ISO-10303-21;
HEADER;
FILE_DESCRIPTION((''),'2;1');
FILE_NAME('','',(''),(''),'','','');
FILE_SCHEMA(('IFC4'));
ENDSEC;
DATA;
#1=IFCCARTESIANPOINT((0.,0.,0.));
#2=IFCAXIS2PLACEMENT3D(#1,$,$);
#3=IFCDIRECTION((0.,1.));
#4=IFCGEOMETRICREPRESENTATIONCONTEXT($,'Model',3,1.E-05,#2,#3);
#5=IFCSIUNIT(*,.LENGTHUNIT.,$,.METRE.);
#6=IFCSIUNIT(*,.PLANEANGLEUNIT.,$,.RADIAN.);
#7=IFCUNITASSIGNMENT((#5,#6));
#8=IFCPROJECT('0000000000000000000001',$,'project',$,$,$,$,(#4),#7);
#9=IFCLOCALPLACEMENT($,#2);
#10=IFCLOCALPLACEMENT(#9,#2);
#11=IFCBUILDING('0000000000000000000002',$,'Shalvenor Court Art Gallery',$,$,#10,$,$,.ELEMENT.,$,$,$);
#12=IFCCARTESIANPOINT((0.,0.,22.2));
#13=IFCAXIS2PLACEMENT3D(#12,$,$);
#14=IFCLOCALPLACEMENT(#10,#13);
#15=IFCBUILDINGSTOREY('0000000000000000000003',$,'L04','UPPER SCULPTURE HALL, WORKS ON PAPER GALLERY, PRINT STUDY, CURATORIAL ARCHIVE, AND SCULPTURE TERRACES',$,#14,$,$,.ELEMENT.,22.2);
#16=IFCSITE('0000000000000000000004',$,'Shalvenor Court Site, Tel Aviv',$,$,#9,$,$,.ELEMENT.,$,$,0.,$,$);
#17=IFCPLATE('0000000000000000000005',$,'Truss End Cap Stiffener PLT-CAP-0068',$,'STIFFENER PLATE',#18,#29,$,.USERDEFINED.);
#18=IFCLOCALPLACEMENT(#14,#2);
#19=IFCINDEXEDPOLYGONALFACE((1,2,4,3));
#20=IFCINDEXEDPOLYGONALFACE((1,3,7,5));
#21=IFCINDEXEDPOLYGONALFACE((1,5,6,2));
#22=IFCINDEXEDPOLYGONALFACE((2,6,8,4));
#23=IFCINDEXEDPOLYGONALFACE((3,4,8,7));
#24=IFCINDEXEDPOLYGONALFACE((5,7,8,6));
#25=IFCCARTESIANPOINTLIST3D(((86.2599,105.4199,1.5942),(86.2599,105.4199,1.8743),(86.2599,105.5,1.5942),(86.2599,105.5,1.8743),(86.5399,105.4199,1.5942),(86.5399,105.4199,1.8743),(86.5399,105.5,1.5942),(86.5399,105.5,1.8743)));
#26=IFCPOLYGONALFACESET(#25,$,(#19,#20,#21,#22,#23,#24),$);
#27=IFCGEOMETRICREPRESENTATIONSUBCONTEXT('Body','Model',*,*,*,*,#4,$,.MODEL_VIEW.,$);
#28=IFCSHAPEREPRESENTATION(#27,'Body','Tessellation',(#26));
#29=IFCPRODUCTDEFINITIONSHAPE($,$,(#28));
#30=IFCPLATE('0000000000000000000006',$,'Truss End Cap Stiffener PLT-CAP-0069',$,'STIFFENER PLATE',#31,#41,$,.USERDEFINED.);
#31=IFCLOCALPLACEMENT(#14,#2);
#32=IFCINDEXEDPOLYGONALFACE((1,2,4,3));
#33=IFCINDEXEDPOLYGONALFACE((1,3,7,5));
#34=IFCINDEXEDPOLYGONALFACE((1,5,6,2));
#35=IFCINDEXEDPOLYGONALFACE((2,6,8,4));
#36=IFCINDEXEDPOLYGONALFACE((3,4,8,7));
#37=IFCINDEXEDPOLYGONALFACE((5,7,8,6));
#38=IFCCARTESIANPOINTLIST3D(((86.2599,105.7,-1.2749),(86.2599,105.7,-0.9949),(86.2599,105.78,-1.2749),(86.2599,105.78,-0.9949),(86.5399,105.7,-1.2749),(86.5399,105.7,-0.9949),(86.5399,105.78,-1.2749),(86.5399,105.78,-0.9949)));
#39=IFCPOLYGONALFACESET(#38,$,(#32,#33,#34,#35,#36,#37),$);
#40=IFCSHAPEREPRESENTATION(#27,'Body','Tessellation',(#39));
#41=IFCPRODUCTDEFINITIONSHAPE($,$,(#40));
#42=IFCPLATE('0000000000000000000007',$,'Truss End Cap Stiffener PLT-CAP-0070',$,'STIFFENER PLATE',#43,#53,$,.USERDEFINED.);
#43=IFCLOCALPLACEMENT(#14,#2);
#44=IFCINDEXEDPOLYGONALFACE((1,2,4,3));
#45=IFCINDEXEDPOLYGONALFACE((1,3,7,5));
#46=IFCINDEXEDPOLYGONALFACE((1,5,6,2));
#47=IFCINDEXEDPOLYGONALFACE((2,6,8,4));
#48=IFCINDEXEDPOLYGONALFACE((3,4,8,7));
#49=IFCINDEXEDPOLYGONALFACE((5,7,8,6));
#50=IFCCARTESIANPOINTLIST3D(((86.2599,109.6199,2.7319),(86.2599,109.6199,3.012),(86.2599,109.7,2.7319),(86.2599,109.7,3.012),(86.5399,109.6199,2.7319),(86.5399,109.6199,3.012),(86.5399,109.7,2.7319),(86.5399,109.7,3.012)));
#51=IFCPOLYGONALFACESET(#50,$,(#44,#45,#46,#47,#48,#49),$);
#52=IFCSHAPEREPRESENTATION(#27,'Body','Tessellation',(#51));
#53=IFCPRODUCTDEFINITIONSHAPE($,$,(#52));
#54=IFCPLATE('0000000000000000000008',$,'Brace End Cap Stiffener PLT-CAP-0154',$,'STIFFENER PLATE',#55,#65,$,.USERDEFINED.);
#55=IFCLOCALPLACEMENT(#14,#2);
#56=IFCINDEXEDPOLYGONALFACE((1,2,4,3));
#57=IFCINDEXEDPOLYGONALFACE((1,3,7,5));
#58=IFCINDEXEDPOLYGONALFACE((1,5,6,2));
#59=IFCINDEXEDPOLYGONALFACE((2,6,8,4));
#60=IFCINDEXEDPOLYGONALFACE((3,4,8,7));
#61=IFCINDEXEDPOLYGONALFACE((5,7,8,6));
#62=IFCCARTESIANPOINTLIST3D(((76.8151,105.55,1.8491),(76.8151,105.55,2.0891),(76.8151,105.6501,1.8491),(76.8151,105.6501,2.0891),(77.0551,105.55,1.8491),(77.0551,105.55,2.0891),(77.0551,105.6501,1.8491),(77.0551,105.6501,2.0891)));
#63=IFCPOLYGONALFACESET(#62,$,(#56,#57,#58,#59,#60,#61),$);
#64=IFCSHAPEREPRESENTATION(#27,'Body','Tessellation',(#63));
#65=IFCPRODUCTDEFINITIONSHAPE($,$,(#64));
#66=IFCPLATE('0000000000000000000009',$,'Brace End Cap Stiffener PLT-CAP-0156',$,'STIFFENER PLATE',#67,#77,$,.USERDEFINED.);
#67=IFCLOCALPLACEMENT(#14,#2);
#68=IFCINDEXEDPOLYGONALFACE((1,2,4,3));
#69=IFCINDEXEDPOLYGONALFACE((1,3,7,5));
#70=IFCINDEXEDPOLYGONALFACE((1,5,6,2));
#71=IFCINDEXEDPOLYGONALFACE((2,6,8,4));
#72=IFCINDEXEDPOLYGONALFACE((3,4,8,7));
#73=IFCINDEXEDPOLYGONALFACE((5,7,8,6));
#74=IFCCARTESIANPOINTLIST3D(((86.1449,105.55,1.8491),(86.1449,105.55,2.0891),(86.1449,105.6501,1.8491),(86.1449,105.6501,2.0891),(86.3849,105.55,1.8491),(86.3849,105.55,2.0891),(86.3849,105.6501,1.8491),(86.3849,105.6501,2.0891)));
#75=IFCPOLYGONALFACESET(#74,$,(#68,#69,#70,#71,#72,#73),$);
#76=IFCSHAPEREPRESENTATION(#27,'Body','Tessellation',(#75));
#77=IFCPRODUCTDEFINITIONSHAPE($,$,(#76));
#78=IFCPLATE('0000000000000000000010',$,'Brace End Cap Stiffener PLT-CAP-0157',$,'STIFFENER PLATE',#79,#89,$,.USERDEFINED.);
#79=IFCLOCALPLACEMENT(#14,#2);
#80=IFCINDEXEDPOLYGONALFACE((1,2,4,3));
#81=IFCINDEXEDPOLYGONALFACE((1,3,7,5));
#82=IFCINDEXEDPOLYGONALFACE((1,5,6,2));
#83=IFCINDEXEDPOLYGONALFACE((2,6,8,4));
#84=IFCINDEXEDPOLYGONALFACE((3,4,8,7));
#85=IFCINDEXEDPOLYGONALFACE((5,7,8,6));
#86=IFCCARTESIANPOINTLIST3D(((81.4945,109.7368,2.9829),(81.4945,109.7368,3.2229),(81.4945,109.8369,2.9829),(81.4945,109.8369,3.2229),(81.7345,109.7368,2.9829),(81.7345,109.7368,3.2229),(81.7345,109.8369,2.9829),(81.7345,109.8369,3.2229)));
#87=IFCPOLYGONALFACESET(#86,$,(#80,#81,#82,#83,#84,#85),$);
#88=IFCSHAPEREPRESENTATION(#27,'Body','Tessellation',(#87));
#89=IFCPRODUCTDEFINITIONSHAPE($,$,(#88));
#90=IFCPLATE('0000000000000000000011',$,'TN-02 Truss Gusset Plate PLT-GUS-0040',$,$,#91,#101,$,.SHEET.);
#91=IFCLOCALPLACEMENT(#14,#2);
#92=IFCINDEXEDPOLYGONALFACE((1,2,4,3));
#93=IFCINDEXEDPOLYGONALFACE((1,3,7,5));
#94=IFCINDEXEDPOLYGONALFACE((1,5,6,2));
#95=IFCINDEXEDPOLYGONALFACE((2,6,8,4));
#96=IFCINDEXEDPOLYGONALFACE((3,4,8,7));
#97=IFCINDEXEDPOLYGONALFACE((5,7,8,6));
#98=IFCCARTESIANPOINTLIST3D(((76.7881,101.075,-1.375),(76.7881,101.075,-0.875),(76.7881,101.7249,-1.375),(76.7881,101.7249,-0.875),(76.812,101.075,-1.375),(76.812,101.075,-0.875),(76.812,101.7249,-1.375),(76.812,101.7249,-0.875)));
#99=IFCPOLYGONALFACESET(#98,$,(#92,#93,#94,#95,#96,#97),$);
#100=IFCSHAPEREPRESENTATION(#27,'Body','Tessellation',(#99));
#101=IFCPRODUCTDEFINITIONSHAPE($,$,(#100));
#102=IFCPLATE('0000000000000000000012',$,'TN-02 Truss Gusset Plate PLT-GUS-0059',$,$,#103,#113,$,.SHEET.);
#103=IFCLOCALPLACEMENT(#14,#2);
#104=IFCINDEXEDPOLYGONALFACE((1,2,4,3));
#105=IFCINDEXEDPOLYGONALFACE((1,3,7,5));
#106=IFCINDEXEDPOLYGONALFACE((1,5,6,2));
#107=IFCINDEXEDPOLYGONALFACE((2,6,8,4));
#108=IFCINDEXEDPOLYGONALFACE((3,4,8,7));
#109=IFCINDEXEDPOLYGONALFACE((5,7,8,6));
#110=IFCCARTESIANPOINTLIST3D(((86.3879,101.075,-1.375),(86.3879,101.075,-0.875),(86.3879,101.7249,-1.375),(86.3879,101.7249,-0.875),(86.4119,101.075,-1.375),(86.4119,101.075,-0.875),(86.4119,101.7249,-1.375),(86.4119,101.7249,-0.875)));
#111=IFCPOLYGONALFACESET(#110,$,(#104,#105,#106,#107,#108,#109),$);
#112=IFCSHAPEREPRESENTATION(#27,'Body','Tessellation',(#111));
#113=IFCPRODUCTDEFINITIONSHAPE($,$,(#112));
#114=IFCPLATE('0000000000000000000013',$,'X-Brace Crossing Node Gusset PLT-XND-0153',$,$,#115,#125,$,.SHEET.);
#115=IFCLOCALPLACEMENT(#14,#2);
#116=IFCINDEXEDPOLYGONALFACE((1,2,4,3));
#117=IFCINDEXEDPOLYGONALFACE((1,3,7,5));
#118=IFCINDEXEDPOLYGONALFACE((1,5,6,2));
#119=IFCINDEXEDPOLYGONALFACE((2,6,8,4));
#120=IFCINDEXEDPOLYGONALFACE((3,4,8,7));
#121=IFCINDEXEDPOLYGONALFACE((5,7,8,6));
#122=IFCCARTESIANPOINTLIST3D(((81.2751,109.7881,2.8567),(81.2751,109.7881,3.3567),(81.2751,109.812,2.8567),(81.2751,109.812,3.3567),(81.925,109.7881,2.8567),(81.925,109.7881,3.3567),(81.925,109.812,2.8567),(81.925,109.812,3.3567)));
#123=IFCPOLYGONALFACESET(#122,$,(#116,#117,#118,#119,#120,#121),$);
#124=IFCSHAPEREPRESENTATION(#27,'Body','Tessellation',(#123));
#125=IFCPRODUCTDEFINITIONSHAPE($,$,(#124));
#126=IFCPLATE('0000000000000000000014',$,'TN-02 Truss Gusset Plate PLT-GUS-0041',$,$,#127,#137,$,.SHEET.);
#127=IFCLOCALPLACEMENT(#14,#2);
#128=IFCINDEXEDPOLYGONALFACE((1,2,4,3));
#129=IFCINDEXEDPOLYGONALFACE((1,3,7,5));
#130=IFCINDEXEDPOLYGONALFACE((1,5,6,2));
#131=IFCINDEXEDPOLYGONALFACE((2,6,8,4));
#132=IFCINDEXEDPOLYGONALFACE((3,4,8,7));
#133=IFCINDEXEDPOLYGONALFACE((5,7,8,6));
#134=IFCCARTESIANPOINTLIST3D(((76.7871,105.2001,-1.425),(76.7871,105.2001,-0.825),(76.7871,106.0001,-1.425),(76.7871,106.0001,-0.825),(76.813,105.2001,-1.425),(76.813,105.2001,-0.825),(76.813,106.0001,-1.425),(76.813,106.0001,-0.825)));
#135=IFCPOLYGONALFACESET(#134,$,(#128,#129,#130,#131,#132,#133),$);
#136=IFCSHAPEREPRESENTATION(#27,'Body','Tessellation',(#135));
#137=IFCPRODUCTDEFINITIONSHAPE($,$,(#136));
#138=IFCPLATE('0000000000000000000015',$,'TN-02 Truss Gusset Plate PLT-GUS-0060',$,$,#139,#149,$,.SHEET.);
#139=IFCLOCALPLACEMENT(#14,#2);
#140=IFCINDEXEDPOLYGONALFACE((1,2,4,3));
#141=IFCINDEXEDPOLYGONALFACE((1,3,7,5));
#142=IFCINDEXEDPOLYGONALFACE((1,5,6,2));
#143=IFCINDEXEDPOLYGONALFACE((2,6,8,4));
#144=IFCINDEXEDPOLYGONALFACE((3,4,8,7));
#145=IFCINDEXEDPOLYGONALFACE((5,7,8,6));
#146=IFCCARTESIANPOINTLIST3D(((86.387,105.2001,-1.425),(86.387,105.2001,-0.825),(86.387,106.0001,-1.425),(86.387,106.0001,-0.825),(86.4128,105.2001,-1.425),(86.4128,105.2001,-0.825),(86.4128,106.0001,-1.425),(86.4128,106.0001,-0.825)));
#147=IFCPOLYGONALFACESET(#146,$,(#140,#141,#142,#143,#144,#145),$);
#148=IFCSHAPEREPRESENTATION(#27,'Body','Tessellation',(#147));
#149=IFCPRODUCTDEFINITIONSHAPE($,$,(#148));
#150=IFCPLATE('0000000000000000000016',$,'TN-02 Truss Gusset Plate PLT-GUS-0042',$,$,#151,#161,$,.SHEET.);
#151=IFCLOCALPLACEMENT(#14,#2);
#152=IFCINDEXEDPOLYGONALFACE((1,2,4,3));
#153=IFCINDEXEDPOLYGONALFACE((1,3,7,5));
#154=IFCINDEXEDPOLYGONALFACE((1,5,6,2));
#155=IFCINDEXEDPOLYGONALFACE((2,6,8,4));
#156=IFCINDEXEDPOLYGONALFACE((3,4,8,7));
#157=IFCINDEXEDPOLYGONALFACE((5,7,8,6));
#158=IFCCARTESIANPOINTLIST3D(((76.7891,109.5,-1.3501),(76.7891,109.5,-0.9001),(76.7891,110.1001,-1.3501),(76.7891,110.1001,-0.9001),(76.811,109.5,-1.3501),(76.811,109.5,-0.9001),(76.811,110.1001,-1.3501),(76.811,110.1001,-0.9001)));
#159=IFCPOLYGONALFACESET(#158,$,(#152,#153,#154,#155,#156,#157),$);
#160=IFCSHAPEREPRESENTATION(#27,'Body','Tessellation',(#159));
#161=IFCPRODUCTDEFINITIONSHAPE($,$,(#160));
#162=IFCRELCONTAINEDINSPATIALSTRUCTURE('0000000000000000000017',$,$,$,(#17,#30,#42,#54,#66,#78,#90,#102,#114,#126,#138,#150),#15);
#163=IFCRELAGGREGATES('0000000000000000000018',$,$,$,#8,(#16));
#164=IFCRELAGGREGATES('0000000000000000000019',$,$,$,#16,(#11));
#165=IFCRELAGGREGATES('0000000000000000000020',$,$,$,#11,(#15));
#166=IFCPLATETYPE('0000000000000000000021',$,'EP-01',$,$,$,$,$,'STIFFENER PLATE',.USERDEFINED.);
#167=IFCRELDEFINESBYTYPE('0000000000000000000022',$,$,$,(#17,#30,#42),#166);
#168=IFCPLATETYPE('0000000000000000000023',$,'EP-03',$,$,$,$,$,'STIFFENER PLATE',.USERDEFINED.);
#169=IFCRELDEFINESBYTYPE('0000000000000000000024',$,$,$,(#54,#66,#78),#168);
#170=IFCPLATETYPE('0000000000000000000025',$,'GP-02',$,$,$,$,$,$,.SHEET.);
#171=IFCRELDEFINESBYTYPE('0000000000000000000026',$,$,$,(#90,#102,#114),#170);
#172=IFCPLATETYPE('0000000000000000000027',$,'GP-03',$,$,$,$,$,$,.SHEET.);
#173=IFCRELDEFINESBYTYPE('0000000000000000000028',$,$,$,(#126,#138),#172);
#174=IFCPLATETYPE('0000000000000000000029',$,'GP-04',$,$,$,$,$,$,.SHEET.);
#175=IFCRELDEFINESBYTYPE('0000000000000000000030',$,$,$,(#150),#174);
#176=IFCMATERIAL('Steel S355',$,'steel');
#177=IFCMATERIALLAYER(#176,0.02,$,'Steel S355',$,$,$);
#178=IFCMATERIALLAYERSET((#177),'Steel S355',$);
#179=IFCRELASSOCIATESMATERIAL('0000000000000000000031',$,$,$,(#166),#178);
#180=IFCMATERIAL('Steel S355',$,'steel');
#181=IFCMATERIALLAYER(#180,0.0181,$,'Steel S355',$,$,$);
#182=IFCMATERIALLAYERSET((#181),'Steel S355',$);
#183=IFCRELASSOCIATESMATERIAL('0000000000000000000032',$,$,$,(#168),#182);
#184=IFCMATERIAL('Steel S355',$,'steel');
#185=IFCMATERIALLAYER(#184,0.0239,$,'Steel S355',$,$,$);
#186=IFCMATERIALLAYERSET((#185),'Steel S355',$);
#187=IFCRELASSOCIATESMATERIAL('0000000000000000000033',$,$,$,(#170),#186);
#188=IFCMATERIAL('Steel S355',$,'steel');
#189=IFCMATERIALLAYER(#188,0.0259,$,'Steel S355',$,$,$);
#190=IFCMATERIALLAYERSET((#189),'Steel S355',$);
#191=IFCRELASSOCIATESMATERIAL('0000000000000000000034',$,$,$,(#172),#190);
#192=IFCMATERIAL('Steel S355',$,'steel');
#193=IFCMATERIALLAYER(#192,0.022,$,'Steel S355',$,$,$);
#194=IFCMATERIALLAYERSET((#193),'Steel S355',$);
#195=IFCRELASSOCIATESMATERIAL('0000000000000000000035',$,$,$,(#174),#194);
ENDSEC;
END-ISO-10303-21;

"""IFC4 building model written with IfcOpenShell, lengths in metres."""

from ifc_helpers import new_model, si_unit, direction, frame, origin, origin_2d, place, context, subcontext, project, spatial, rectangle, extrude, material, layer, layer_set, type_object, element, save


model = new_model("IFC4")

# Units and contexts
model_context = context("Model", 3, precision=1e-05, world=origin(), true_north=direction((0.0, 1.0)))
body_context = subcontext(model_context, "Body", "Model", "MODEL_VIEW")
ifc_project = project(units=[si_unit("LENGTHUNIT", "METRE"), si_unit("PLANEANGLEUNIT", "RADIAN")], contexts=[model_context])

# Site, building, storey
site_placement = place(None, origin())
site = spatial("IfcSite", under=ifc_project, at=site_placement, Name="Shalvenor Court Site, Tel Aviv", CompositionType="ELEMENT", RefElevation=0.0)
building_placement = place(site_placement, origin())
building = spatial("IfcBuilding", under=site, at=building_placement, Name="Shalvenor Court Art Gallery", CompositionType="ELEMENT")
storey_placement = place(building_placement, frame((0.0, 0.0, 22.2)))
storey = spatial("IfcBuildingStorey", under=building, at=storey_placement, Name="L04", Description="UPPER SCULPTURE HALL, WORKS ON PAPER GALLERY, PRINT STUDY, CURATORIAL ARCHIVE, AND SCULPTURE TERRACES", CompositionType="ELEMENT", Elevation=22.2)

# Plates
ifc_material_1 = material(Name="Steel S355", Category="steel")
ifc_layer_1 = layer(ifc_material_1, 0.02, Name="Steel S355")
ifc_layer_set_1 = layer_set([ifc_layer_1], Name="Steel S355")
plate_type_1 = type_object("IfcPlateType", Name="EP-01", ElementType="STIFFENER PLATE", PredefinedType="USERDEFINED", material=ifc_layer_set_1)
for number, where, z_axis, x_axis, name in (
    (1, (86.3999, 105.46, 1.5942), (0.0, 0.0, 1.0), (1.0, 0.0, 0.0), "Truss End Cap Stiffener PLT-CAP-0068"),
    (2, (86.3999, 105.74, -1.2749), (0.0, 0.0, 1.0), (1.0, 0.0, 0.0), "Truss End Cap Stiffener PLT-CAP-0069"),
    (3, (86.3999, 109.6599, 2.7319), (0.0, 0.0, 1.0), (1.0, 0.0, 0.0), "Truss End Cap Stiffener PLT-CAP-0070"),
):
    element("IfcPlate", number, at=place(storey_placement, frame(where, z_axis=z_axis, x_axis=x_axis)), inside=storey, type_object=plate_type_1, Name=name, ObjectType="STIFFENER PLATE", PredefinedType="USERDEFINED", context=body_context, shape_type="SweptSolid", body=[
        extrude(rectangle(XDim=0.28, YDim=0.0801, at=origin_2d()), origin(), (0.0, 0.0, 1.0), 0.28),
    ])
ifc_material_2 = material(Name="Steel S355", Category="steel")
ifc_layer_2 = layer(ifc_material_2, 0.0181, Name="Steel S355")
ifc_layer_set_2 = layer_set([ifc_layer_2], Name="Steel S355")
plate_type_2 = type_object("IfcPlateType", Name="EP-03", ElementType="STIFFENER PLATE", PredefinedType="USERDEFINED", material=ifc_layer_set_2)
for number, where, z_axis, x_axis, name in (
    (4, (76.9351, 105.6001, 1.8491), (0.0, 0.0, 1.0), (1.0, 0.0, 0.0), "Brace End Cap Stiffener PLT-CAP-0154"),
    (5, (86.2649, 105.6001, 1.8491), (0.0, 0.0, 1.0), (1.0, 0.0, 0.0), "Brace End Cap Stiffener PLT-CAP-0156"),
    (6, (81.6145, 109.7869, 2.9829), (0.0, 0.0, 1.0), (1.0, 0.0, 0.0), "Brace End Cap Stiffener PLT-CAP-0157"),
):
    element("IfcPlate", number, at=place(storey_placement, frame(where, z_axis=z_axis, x_axis=x_axis)), inside=storey, type_object=plate_type_2, Name=name, ObjectType="STIFFENER PLATE", PredefinedType="USERDEFINED", context=body_context, shape_type="SweptSolid", body=[
        extrude(rectangle(XDim=0.24, YDim=0.1001, at=origin_2d()), origin(), (0.0, 0.0, 1.0), 0.24),
    ])
ifc_material_3 = material(Name="Steel S355", Category="steel")
ifc_layer_3 = layer(ifc_material_3, 0.0239, Name="Steel S355")
ifc_layer_set_3 = layer_set([ifc_layer_3], Name="Steel S355")
plate_type_3 = type_object("IfcPlateType", Name="GP-02", PredefinedType="SHEET", material=ifc_layer_set_3)
for number, where, z_axis, x_axis, name in (
    (7, (76.8, 101.3999, -1.375), (0.0, 0.0, 1.0), (0.0, 1.0, 0.0), "TN-02 Truss Gusset Plate PLT-GUS-0040"),
    (8, (86.3999, 101.3999, -1.375), (0.0, 0.0, 1.0), (0.0, 1.0, 0.0), "TN-02 Truss Gusset Plate PLT-GUS-0059"),
    (9, (81.6001, 109.8, 2.8567), (0.0, 0.0, 1.0), (1.0, 0.0, 0.0), "X-Brace Crossing Node Gusset PLT-XND-0153"),
):
    element("IfcPlate", number, at=place(storey_placement, frame(where, z_axis=z_axis, x_axis=x_axis)), inside=storey, type_object=plate_type_3, Name=name, PredefinedType="SHEET", context=body_context, shape_type="SweptSolid", body=[
        extrude(rectangle(XDim=0.6499, YDim=0.0239, at=origin_2d()), origin(), (0.0, 0.0, 1.0), 0.5),
    ])
ifc_material_4 = material(Name="Steel S355", Category="steel")
ifc_layer_4 = layer(ifc_material_4, 0.0259, Name="Steel S355")
ifc_layer_set_4 = layer_set([ifc_layer_4], Name="Steel S355")
plate_type_4 = type_object("IfcPlateType", Name="GP-03", PredefinedType="SHEET", material=ifc_layer_set_4)
for number, where, z_axis, x_axis, name in (
    (10, (76.8, 105.6001, -1.425), (0.0, 0.0, 1.0), (0.0, 1.0, 0.0), "TN-02 Truss Gusset Plate PLT-GUS-0041"),
    (11, (86.3999, 105.6001, -1.425), (0.0, 0.0, 1.0), (0.0, 1.0, 0.0), "TN-02 Truss Gusset Plate PLT-GUS-0060"),
):
    element("IfcPlate", number, at=place(storey_placement, frame(where, z_axis=z_axis, x_axis=x_axis)), inside=storey, type_object=plate_type_4, Name=name, PredefinedType="SHEET", context=body_context, shape_type="SweptSolid", body=[
        extrude(rectangle(XDim=0.8, YDim=0.0259, at=origin_2d()), origin(), (0.0, 0.0, 1.0), 0.6001),
    ])
ifc_material_5 = material(Name="Steel S355", Category="steel")
ifc_layer_5 = layer(ifc_material_5, 0.022, Name="Steel S355")
ifc_layer_set_5 = layer_set([ifc_layer_5], Name="Steel S355")
plate_type_5 = type_object("IfcPlateType", Name="GP-04", PredefinedType="SHEET", material=ifc_layer_set_5)
plate_placement = place(storey_placement, frame((76.8, 109.8, -1.3501), z_axis=(0.0, 0.0, 1.0), x_axis=(0.0, 1.0, 0.0)))
element("IfcPlate", 12, at=plate_placement, inside=storey, type_object=plate_type_5, Name="TN-02 Truss Gusset Plate PLT-GUS-0042", PredefinedType="SHEET", context=body_context, shape_type="SweptSolid", body=[
    extrude(rectangle(XDim=0.6001, YDim=0.022, at=origin_2d()), origin(), (0.0, 0.0, 1.0), 0.45),
])

save(model, "model.ifc")
